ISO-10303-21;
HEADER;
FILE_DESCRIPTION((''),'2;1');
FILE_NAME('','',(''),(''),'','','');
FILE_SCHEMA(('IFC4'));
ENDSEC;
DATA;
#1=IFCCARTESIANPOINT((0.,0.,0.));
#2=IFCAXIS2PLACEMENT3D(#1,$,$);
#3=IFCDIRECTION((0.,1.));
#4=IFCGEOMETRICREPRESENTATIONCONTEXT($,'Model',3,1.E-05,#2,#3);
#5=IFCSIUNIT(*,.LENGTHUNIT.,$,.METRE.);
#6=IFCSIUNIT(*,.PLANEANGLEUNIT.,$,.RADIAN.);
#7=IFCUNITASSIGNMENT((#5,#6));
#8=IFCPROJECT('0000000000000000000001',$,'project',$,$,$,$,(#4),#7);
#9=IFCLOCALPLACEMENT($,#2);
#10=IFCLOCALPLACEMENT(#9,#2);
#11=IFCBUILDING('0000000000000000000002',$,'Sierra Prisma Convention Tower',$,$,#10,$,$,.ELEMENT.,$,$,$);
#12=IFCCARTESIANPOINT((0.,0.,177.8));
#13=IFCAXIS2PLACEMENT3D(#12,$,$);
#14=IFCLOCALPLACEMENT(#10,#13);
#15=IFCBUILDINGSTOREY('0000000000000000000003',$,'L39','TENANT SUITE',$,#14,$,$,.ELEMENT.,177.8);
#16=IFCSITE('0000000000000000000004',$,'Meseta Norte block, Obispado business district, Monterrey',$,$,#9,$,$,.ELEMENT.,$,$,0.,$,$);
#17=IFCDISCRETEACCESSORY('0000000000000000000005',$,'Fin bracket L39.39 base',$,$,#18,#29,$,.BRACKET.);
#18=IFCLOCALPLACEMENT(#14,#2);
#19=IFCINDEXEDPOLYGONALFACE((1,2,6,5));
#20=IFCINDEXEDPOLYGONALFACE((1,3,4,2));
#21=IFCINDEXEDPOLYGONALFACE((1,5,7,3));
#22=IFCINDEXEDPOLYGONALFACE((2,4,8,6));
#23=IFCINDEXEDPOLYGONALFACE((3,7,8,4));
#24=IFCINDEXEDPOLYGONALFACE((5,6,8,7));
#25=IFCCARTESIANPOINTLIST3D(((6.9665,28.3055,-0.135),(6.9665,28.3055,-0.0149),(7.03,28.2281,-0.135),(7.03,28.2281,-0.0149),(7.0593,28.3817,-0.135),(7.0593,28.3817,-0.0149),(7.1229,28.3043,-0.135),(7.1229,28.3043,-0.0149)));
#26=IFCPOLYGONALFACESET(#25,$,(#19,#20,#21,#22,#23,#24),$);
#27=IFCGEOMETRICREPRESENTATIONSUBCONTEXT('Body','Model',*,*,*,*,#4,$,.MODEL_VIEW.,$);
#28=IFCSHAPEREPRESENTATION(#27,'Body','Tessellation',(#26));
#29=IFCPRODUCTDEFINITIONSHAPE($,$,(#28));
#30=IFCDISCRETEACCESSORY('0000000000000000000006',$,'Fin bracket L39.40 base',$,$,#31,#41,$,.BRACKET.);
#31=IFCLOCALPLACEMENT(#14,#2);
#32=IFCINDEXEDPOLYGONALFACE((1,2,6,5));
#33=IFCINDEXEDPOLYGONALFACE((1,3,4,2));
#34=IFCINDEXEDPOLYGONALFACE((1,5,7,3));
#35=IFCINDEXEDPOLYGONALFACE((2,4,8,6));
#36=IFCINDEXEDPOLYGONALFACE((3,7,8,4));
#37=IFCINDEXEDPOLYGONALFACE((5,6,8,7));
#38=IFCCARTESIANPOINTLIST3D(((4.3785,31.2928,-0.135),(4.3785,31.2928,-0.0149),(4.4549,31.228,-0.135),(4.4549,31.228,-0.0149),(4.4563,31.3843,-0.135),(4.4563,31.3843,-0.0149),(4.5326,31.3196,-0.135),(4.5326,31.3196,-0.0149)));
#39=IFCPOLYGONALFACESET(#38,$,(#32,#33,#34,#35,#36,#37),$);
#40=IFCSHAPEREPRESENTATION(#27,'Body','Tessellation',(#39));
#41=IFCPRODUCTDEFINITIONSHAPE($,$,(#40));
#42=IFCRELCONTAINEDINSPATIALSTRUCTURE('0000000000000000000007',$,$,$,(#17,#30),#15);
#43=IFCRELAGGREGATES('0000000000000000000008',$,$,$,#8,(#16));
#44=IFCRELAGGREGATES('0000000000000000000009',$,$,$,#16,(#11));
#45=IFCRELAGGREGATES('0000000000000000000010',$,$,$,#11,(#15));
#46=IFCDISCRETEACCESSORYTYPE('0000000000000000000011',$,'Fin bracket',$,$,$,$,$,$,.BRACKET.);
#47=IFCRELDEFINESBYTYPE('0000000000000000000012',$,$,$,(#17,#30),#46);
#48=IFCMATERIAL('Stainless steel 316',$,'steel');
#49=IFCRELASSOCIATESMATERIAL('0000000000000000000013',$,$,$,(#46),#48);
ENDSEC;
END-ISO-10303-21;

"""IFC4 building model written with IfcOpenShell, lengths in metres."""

from ifc_helpers import new_model, si_unit, direction, frame, origin, origin_2d, place, context, subcontext, project, spatial, rectangle, extrude, material, type_object, element, save


model = new_model("IFC4")

# Units and contexts
model_context = context("Model", 3, precision=1e-05, world=origin(), true_north=direction((0.0, 1.0)))
body_context = subcontext(model_context, "Body", "Model", "MODEL_VIEW")
ifc_project = project(units=[si_unit("LENGTHUNIT", "METRE"), si_unit("PLANEANGLEUNIT", "RADIAN")], contexts=[model_context])

# Site, building, storey
site_placement = place(None, origin())
site = spatial("IfcSite", under=ifc_project, at=site_placement, Name="Meseta Norte block, Obispado business district, Monterrey", CompositionType="ELEMENT", RefElevation=0.0)
building_placement = place(site_placement, origin())
building = spatial("IfcBuilding", under=site, at=building_placement, Name="Sierra Prisma Convention Tower", CompositionType="ELEMENT")
storey_placement = place(building_placement, frame((0.0, 0.0, 177.8)))
storey = spatial("IfcBuildingStorey", under=building, at=storey_placement, Name="L39", Description="TENANT SUITE", CompositionType="ELEMENT", Elevation=177.8)

# Discrete accessories
ifc_material_1 = material(Name="Stainless steel 316", Category="steel")
discrete_accessory_type = type_object("IfcDiscreteAccessoryType", Name="Fin bracket", PredefinedType="BRACKET", material=ifc_material_1)
for number, where, z_axis, x_axis, name in (
    (1, (7.0447, 28.3049, -0.135), (0.0, 0.0, 1.0), (0.772984, 0.634425, 0.0), "Fin bracket L39.39 base"),
    (2, (4.4556, 31.3062, -0.135), (0.0, 0.0, 1.0), (0.647122, 0.762387, 0.0), "Fin bracket L39.40 base"),
):
    element("IfcDiscreteAccessory", number, at=place(storey_placement, frame(where, z_axis=z_axis, x_axis=x_axis)), inside=storey, type_object=discrete_accessory_type, Name=name, PredefinedType="BRACKET", context=body_context, shape_type="SweptSolid", body=[
        extrude(rectangle(XDim=0.1201, YDim=0.1001, at=origin_2d()), origin(), (0.0, 0.0, 1.0), 0.1201),
    ])

save(model, "model.ifc")
